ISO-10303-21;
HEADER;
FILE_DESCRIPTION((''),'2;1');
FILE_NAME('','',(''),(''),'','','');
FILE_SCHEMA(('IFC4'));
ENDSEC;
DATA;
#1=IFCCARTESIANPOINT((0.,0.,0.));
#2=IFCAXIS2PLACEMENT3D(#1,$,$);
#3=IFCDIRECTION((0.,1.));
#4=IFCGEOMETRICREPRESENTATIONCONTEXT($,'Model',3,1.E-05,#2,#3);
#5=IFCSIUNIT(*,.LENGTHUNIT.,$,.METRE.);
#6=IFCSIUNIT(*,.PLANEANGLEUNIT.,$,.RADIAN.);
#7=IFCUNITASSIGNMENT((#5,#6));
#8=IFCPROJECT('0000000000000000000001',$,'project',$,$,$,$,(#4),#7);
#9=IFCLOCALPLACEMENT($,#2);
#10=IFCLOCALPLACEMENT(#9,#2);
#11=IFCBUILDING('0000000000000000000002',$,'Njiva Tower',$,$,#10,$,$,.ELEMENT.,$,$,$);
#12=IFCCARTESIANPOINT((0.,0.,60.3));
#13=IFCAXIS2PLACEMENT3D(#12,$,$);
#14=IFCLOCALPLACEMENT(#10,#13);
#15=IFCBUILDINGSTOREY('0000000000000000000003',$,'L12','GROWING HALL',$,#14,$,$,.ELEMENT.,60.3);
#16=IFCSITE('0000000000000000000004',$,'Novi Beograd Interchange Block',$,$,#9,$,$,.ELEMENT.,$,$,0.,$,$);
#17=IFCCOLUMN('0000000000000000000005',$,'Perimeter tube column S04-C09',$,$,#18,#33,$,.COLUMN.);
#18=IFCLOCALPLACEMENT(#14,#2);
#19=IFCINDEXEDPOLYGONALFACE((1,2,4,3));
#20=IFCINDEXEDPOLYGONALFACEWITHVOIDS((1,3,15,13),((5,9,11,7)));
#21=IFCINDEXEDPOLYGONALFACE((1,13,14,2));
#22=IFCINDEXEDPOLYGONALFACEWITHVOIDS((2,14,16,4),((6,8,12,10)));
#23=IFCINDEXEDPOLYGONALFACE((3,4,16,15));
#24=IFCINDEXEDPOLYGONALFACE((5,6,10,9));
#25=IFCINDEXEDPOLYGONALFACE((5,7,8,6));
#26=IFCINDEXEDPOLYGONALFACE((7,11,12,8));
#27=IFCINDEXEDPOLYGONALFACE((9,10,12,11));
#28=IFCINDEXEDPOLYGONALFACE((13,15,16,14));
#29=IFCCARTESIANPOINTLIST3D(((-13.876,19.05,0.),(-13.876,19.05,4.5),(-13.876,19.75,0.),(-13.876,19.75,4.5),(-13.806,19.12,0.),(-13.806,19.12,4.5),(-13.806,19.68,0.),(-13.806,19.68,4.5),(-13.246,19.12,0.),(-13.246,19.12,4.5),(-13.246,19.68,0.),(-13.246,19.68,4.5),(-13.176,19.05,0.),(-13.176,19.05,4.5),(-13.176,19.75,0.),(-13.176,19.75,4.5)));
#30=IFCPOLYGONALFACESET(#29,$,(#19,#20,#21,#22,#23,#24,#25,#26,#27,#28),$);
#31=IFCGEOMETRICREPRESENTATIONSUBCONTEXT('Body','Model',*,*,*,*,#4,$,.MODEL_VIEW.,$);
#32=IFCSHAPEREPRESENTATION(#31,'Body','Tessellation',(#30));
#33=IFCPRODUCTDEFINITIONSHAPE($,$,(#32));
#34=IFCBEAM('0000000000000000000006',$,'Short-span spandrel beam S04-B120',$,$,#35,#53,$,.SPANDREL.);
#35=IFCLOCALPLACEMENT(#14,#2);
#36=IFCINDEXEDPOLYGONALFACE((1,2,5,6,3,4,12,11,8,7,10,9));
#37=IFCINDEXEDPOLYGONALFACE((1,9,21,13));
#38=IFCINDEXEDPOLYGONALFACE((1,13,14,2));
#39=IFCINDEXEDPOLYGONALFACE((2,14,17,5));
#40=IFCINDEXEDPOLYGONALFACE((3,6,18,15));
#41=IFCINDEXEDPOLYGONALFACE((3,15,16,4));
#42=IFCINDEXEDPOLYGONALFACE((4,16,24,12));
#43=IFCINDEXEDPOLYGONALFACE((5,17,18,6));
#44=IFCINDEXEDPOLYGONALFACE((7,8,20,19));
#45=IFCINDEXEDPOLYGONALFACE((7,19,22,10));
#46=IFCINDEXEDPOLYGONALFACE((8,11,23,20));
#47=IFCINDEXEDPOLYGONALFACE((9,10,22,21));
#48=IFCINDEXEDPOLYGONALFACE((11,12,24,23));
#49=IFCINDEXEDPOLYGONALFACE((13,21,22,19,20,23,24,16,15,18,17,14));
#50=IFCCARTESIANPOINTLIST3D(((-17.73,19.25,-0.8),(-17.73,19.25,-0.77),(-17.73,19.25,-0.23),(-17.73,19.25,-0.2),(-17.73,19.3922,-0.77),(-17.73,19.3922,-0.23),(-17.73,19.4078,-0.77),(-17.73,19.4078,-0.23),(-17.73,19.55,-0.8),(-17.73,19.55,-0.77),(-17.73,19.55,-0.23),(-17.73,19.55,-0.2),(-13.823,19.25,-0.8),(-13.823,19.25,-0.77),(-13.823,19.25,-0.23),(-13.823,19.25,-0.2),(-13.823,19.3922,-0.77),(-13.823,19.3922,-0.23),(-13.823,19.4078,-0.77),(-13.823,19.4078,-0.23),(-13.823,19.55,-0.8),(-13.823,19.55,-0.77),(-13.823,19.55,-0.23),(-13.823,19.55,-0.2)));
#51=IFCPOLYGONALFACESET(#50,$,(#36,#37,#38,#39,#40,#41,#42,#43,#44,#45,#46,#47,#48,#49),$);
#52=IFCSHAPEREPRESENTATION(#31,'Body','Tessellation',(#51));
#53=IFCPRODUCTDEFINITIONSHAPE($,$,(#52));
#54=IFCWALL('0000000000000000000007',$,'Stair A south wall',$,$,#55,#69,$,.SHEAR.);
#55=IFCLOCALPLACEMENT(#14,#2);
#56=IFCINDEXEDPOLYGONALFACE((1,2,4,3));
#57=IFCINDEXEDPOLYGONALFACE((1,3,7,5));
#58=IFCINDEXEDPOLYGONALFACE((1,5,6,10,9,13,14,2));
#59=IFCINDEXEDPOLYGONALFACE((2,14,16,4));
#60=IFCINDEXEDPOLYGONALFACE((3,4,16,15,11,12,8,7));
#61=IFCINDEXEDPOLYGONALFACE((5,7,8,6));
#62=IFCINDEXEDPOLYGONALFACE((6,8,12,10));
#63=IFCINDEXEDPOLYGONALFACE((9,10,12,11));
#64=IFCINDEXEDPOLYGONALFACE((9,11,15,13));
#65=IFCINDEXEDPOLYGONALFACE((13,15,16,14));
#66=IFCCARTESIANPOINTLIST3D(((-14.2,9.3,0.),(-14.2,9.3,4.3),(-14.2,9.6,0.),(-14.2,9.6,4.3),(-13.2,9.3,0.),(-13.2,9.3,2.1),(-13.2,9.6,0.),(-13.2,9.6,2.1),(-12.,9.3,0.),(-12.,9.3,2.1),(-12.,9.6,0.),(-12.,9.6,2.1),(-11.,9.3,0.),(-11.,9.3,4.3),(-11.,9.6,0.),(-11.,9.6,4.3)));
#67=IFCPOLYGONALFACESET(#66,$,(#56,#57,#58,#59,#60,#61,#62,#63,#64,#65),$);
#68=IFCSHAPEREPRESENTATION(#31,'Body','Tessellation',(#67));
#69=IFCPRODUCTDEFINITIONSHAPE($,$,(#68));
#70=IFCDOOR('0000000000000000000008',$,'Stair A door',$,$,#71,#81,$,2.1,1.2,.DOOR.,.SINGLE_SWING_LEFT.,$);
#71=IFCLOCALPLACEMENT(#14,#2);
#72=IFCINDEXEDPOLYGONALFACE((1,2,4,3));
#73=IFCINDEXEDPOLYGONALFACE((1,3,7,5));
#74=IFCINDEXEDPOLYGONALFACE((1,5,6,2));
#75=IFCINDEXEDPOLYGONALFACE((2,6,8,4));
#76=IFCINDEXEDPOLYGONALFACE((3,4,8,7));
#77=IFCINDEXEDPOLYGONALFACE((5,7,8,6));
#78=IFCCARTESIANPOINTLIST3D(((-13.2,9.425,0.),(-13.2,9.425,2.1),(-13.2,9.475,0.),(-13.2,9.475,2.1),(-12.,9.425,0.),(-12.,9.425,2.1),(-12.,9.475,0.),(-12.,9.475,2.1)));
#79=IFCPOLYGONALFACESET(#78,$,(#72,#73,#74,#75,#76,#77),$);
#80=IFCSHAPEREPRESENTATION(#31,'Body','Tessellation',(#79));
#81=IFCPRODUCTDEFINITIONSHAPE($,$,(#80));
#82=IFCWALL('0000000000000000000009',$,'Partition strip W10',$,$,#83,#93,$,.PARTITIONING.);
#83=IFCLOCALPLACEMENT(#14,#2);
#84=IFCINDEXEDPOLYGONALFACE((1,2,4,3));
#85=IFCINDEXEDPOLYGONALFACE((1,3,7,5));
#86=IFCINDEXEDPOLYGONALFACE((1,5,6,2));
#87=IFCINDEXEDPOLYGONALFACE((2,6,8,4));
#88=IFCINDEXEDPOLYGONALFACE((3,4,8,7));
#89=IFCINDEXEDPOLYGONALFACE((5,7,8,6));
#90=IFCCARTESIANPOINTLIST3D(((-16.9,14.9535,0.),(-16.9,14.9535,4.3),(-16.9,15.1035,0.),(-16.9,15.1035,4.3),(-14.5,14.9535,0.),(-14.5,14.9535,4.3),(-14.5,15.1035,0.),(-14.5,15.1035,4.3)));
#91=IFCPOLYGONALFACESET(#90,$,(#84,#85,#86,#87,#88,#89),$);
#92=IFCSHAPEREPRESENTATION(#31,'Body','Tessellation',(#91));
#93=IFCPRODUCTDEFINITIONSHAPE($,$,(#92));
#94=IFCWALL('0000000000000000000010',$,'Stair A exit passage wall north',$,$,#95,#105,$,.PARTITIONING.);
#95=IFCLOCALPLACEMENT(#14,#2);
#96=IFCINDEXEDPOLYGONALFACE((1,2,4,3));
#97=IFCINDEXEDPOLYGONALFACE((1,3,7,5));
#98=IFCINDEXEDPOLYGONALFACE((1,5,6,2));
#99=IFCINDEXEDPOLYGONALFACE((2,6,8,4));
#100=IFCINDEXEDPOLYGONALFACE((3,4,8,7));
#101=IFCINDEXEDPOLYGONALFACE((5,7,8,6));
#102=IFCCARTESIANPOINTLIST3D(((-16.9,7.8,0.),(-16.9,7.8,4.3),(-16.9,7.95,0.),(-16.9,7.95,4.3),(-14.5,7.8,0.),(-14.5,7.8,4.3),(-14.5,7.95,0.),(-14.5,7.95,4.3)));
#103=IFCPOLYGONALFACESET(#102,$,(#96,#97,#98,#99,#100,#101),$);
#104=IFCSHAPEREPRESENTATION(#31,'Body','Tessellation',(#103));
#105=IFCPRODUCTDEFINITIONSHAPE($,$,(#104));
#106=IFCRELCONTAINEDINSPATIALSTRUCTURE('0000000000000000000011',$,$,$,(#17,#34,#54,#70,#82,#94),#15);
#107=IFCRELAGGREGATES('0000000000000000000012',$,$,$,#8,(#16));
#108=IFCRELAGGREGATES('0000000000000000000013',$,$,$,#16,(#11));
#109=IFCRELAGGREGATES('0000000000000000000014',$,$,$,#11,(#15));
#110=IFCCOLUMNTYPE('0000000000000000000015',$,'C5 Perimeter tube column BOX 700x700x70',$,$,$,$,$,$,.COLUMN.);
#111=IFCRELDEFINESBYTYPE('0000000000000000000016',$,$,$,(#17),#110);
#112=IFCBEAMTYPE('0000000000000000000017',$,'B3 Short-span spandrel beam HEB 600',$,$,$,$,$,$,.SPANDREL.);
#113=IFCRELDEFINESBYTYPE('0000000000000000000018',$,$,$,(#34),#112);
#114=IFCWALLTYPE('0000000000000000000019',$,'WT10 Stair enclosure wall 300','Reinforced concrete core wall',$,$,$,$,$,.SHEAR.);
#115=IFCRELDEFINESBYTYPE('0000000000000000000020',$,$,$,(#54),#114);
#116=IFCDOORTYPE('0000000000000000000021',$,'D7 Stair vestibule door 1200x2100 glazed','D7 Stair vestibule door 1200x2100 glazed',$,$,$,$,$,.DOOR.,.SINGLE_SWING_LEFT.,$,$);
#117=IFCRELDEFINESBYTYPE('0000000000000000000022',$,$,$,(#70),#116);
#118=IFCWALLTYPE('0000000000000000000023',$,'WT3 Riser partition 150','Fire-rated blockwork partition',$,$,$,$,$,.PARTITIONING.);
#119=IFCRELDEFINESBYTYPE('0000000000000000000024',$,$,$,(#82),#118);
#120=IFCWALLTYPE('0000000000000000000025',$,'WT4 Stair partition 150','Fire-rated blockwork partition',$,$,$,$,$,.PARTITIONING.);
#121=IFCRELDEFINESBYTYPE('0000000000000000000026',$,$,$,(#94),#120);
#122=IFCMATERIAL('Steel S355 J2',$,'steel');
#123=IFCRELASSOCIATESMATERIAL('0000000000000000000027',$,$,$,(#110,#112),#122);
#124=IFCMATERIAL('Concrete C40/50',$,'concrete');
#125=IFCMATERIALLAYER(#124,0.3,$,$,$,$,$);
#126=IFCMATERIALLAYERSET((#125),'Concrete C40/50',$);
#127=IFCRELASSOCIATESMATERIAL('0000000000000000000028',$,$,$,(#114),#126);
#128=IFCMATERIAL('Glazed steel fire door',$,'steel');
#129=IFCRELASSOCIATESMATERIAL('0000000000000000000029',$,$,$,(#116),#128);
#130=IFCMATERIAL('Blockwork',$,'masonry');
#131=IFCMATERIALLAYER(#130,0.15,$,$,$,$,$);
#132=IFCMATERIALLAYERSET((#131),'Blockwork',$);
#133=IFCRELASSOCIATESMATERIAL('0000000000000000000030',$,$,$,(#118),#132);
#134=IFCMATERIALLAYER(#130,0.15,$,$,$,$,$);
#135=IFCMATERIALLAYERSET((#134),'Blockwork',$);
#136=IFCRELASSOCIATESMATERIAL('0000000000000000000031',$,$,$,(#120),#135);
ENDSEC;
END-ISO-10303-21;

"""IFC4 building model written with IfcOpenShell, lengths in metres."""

from ifc_helpers import new_model, si_unit, direction, frame, frame_2d, origin, origin_2d, place, context, subcontext, project, spatial, rectangle, hollow_rectangle, i_section, extrude, material, layer, layer_set, material_profile, profile_set, type_object, element, fill, save


model = new_model("IFC4")

# Units and contexts
model_context = context("Model", 3, precision=1e-05, world=origin(), true_north=direction((0.0, 1.0)))
body_context = subcontext(model_context, "Body", "Model", "MODEL_VIEW")
ifc_project = project(units=[si_unit("LENGTHUNIT", "METRE"), si_unit("PLANEANGLEUNIT", "RADIAN")], contexts=[model_context])

# Site, building, storey
site_placement = place(None, origin())
site = spatial("IfcSite", under=ifc_project, at=site_placement, Name="Novi Beograd Interchange Block", CompositionType="ELEMENT", RefElevation=0.0)
building_placement = place(site_placement, origin())
building = spatial("IfcBuilding", under=site, at=building_placement, Name="Njiva Tower", CompositionType="ELEMENT")
storey_placement = place(building_placement, frame((0.0, 0.0, 60.3)))
storey = spatial("IfcBuildingStorey", under=building, at=storey_placement, Name="L12", Description="GROWING HALL", CompositionType="ELEMENT", Elevation=60.3)

# Column
ifc_material_1 = material(Name="Steel S355 J2", Category="steel")
ifc_material_profile_1 = material_profile(ifc_material_1, hollow_rectangle(XDim=0.7, YDim=0.7, WallThickness=0.07, at=origin_2d()), Name="BOX 700x700x70")
ifc_profile_set_1 = profile_set([ifc_material_profile_1], Name="Steel S355 J2")
column_type = type_object("IfcColumnType", Name="C5 Perimeter tube column BOX 700x700x70", PredefinedType="COLUMN", material=ifc_profile_set_1)
column_placement = place(storey_placement, frame((-13.526, 19.4, 0.0), z_axis=(0.0, 0.0, 1.0), x_axis=(-1.0, 0.0, 0.0)))
element("IfcColumn", 1, at=column_placement, inside=storey, type_object=column_type, Name="Perimeter tube column S04-C09", PredefinedType="COLUMN", context=body_context, shape_type="SweptSolid", body=[
    extrude(hollow_rectangle(XDim=0.7, YDim=0.7, WallThickness=0.07, at=origin_2d()), origin(), (0.0, 0.0, 1.0), 4.5),
])

# Beam
ifc_material_profile_2 = material_profile(ifc_material_1, i_section(OverallWidth=0.3, OverallDepth=0.6, WebThickness=0.0155, FlangeThickness=0.03, at=origin_2d()), Name="HEB 600")
ifc_profile_set_2 = profile_set([ifc_material_profile_2], Name="Steel S355 J2")
beam_type = type_object("IfcBeamType", Name="B3 Short-span spandrel beam HEB 600", PredefinedType="SPANDREL", material=ifc_profile_set_2)
beam_placement = place(storey_placement, frame((-13.823, 19.4, -0.5), z_axis=(-1.0, 0.0, 0.0), x_axis=(0.0, -1.0, 0.0)))
element("IfcBeam", 2, at=beam_placement, inside=storey, type_object=beam_type, Name="Short-span spandrel beam S04-B120", PredefinedType="SPANDREL", context=body_context, shape_type="SweptSolid", body=[
    extrude(i_section(OverallWidth=0.3, OverallDepth=0.6, WebThickness=0.0155, FlangeThickness=0.03, at=origin_2d()), origin(), (0.0, 0.0, 1.0), 3.907),
])

# Wall, opening, door
ifc_material_2 = material(Name="Concrete C40/50", Category="concrete")
ifc_layer_1 = layer(ifc_material_2, 0.3)
ifc_layer_set_1 = layer_set([ifc_layer_1], Name="Concrete C40/50")
wall_type_1 = type_object("IfcWallType", Name="WT10 Stair enclosure wall 300", Description="Reinforced concrete core wall", PredefinedType="SHEAR", material=ifc_layer_set_1)
wall_1_placement = place(storey_placement, frame((-14.2, 9.45, 0.0), z_axis=(0.0, 0.0, 1.0), x_axis=(1.0, 0.0, 0.0)))
wall_1 = element("IfcWall", 3, at=wall_1_placement, inside=storey, type_object=wall_type_1, Name="Stair A south wall", PredefinedType="SHEAR", context=body_context, shape_type="SweptSolid", body=[
    extrude(rectangle(XDim=3.2, YDim=0.3, at=frame_2d((1.6, 0.0))), origin(), (0.0, 0.0, 1.0), 4.3),
])
opening_1_placement = place(wall_1_placement, frame((1.0, 0.0, 0.0)))
opening_1 = element("IfcOpeningElement", 4, at=opening_1_placement, cuts=wall_1, PredefinedType="OPENING", context=body_context, shape_type="SweptSolid", body=[
    extrude(rectangle(XDim=1.2, YDim=2.1, at=frame_2d((0.6, 1.05))), frame((0.0, 0.16, 0.0), z_axis=(0.0, -1.0, 0.0), x_axis=(1.0, 0.0, 0.0)), (0.0, 0.0, 1.0), 0.32),
])
ifc_material_3 = material(Name="Glazed steel fire door", Category="steel")
door_type_1 = type_object("IfcDoorType", Name="D7 Stair vestibule door 1200x2100 glazed", Description="D7 Stair vestibule door 1200x2100 glazed", OperationType="SINGLE_SWING_LEFT", PredefinedType="DOOR", material=ifc_material_3)
door_1_placement = place(opening_1_placement, origin())
door_1 = element("IfcDoor", 5, at=door_1_placement, inside=storey, type_object=door_type_1, Name="Stair A door", OperationType="SINGLE_SWING_LEFT", OverallHeight=2.1, OverallWidth=1.2, PredefinedType="DOOR", context=body_context, shape_type="SweptSolid", body=[
    extrude(rectangle(XDim=1.2, YDim=2.1, at=frame_2d((0.6, 1.05))), frame((0.0, 0.025, 0.0), z_axis=(0.0, -1.0, 0.0), x_axis=(1.0, 0.0, 0.0)), (0.0, 0.0, 1.0), 0.05),
])
fill(opening_1, door_1)

# Walls
ifc_material_4 = material(Name="Blockwork", Category="masonry")
ifc_layer_2 = layer(ifc_material_4, 0.15)
ifc_layer_set_2 = layer_set([ifc_layer_2], Name="Blockwork")
wall_type_2 = type_object("IfcWallType", Name="WT3 Riser partition 150", Description="Fire-rated blockwork partition", PredefinedType="PARTITIONING", material=ifc_layer_set_2)
wall_2_placement = place(storey_placement, frame((-16.9, 15.0285, 0.0), z_axis=(0.0, 0.0, 1.0), x_axis=(1.0, 0.0, 0.0)))
element("IfcWall", 6, at=wall_2_placement, inside=storey, type_object=wall_type_2, Name="Partition strip W10", PredefinedType="PARTITIONING", context=body_context, shape_type="SweptSolid", body=[
    extrude(rectangle(XDim=2.4, YDim=0.15, at=frame_2d((1.2, 0.0))), origin(), (0.0, 0.0, 1.0), 4.3),
])
ifc_layer_3 = layer(ifc_material_4, 0.15)
ifc_layer_set_3 = layer_set([ifc_layer_3], Name="Blockwork")
wall_type_3 = type_object("IfcWallType", Name="WT4 Stair partition 150", Description="Fire-rated blockwork partition", PredefinedType="PARTITIONING", material=ifc_layer_set_3)
wall_3_placement = place(storey_placement, frame((-16.9, 7.875, 0.0), z_axis=(0.0, 0.0, 1.0), x_axis=(1.0, 0.0, 0.0)))
element("IfcWall", 7, at=wall_3_placement, inside=storey, type_object=wall_type_3, Name="Stair A exit passage wall north", PredefinedType="PARTITIONING", context=body_context, shape_type="SweptSolid", body=[
    extrude(rectangle(XDim=2.4, YDim=0.15, at=frame_2d((1.2, 0.0))), origin(), (0.0, 0.0, 1.0), 4.3),
])

save(model, "model.ifc")
